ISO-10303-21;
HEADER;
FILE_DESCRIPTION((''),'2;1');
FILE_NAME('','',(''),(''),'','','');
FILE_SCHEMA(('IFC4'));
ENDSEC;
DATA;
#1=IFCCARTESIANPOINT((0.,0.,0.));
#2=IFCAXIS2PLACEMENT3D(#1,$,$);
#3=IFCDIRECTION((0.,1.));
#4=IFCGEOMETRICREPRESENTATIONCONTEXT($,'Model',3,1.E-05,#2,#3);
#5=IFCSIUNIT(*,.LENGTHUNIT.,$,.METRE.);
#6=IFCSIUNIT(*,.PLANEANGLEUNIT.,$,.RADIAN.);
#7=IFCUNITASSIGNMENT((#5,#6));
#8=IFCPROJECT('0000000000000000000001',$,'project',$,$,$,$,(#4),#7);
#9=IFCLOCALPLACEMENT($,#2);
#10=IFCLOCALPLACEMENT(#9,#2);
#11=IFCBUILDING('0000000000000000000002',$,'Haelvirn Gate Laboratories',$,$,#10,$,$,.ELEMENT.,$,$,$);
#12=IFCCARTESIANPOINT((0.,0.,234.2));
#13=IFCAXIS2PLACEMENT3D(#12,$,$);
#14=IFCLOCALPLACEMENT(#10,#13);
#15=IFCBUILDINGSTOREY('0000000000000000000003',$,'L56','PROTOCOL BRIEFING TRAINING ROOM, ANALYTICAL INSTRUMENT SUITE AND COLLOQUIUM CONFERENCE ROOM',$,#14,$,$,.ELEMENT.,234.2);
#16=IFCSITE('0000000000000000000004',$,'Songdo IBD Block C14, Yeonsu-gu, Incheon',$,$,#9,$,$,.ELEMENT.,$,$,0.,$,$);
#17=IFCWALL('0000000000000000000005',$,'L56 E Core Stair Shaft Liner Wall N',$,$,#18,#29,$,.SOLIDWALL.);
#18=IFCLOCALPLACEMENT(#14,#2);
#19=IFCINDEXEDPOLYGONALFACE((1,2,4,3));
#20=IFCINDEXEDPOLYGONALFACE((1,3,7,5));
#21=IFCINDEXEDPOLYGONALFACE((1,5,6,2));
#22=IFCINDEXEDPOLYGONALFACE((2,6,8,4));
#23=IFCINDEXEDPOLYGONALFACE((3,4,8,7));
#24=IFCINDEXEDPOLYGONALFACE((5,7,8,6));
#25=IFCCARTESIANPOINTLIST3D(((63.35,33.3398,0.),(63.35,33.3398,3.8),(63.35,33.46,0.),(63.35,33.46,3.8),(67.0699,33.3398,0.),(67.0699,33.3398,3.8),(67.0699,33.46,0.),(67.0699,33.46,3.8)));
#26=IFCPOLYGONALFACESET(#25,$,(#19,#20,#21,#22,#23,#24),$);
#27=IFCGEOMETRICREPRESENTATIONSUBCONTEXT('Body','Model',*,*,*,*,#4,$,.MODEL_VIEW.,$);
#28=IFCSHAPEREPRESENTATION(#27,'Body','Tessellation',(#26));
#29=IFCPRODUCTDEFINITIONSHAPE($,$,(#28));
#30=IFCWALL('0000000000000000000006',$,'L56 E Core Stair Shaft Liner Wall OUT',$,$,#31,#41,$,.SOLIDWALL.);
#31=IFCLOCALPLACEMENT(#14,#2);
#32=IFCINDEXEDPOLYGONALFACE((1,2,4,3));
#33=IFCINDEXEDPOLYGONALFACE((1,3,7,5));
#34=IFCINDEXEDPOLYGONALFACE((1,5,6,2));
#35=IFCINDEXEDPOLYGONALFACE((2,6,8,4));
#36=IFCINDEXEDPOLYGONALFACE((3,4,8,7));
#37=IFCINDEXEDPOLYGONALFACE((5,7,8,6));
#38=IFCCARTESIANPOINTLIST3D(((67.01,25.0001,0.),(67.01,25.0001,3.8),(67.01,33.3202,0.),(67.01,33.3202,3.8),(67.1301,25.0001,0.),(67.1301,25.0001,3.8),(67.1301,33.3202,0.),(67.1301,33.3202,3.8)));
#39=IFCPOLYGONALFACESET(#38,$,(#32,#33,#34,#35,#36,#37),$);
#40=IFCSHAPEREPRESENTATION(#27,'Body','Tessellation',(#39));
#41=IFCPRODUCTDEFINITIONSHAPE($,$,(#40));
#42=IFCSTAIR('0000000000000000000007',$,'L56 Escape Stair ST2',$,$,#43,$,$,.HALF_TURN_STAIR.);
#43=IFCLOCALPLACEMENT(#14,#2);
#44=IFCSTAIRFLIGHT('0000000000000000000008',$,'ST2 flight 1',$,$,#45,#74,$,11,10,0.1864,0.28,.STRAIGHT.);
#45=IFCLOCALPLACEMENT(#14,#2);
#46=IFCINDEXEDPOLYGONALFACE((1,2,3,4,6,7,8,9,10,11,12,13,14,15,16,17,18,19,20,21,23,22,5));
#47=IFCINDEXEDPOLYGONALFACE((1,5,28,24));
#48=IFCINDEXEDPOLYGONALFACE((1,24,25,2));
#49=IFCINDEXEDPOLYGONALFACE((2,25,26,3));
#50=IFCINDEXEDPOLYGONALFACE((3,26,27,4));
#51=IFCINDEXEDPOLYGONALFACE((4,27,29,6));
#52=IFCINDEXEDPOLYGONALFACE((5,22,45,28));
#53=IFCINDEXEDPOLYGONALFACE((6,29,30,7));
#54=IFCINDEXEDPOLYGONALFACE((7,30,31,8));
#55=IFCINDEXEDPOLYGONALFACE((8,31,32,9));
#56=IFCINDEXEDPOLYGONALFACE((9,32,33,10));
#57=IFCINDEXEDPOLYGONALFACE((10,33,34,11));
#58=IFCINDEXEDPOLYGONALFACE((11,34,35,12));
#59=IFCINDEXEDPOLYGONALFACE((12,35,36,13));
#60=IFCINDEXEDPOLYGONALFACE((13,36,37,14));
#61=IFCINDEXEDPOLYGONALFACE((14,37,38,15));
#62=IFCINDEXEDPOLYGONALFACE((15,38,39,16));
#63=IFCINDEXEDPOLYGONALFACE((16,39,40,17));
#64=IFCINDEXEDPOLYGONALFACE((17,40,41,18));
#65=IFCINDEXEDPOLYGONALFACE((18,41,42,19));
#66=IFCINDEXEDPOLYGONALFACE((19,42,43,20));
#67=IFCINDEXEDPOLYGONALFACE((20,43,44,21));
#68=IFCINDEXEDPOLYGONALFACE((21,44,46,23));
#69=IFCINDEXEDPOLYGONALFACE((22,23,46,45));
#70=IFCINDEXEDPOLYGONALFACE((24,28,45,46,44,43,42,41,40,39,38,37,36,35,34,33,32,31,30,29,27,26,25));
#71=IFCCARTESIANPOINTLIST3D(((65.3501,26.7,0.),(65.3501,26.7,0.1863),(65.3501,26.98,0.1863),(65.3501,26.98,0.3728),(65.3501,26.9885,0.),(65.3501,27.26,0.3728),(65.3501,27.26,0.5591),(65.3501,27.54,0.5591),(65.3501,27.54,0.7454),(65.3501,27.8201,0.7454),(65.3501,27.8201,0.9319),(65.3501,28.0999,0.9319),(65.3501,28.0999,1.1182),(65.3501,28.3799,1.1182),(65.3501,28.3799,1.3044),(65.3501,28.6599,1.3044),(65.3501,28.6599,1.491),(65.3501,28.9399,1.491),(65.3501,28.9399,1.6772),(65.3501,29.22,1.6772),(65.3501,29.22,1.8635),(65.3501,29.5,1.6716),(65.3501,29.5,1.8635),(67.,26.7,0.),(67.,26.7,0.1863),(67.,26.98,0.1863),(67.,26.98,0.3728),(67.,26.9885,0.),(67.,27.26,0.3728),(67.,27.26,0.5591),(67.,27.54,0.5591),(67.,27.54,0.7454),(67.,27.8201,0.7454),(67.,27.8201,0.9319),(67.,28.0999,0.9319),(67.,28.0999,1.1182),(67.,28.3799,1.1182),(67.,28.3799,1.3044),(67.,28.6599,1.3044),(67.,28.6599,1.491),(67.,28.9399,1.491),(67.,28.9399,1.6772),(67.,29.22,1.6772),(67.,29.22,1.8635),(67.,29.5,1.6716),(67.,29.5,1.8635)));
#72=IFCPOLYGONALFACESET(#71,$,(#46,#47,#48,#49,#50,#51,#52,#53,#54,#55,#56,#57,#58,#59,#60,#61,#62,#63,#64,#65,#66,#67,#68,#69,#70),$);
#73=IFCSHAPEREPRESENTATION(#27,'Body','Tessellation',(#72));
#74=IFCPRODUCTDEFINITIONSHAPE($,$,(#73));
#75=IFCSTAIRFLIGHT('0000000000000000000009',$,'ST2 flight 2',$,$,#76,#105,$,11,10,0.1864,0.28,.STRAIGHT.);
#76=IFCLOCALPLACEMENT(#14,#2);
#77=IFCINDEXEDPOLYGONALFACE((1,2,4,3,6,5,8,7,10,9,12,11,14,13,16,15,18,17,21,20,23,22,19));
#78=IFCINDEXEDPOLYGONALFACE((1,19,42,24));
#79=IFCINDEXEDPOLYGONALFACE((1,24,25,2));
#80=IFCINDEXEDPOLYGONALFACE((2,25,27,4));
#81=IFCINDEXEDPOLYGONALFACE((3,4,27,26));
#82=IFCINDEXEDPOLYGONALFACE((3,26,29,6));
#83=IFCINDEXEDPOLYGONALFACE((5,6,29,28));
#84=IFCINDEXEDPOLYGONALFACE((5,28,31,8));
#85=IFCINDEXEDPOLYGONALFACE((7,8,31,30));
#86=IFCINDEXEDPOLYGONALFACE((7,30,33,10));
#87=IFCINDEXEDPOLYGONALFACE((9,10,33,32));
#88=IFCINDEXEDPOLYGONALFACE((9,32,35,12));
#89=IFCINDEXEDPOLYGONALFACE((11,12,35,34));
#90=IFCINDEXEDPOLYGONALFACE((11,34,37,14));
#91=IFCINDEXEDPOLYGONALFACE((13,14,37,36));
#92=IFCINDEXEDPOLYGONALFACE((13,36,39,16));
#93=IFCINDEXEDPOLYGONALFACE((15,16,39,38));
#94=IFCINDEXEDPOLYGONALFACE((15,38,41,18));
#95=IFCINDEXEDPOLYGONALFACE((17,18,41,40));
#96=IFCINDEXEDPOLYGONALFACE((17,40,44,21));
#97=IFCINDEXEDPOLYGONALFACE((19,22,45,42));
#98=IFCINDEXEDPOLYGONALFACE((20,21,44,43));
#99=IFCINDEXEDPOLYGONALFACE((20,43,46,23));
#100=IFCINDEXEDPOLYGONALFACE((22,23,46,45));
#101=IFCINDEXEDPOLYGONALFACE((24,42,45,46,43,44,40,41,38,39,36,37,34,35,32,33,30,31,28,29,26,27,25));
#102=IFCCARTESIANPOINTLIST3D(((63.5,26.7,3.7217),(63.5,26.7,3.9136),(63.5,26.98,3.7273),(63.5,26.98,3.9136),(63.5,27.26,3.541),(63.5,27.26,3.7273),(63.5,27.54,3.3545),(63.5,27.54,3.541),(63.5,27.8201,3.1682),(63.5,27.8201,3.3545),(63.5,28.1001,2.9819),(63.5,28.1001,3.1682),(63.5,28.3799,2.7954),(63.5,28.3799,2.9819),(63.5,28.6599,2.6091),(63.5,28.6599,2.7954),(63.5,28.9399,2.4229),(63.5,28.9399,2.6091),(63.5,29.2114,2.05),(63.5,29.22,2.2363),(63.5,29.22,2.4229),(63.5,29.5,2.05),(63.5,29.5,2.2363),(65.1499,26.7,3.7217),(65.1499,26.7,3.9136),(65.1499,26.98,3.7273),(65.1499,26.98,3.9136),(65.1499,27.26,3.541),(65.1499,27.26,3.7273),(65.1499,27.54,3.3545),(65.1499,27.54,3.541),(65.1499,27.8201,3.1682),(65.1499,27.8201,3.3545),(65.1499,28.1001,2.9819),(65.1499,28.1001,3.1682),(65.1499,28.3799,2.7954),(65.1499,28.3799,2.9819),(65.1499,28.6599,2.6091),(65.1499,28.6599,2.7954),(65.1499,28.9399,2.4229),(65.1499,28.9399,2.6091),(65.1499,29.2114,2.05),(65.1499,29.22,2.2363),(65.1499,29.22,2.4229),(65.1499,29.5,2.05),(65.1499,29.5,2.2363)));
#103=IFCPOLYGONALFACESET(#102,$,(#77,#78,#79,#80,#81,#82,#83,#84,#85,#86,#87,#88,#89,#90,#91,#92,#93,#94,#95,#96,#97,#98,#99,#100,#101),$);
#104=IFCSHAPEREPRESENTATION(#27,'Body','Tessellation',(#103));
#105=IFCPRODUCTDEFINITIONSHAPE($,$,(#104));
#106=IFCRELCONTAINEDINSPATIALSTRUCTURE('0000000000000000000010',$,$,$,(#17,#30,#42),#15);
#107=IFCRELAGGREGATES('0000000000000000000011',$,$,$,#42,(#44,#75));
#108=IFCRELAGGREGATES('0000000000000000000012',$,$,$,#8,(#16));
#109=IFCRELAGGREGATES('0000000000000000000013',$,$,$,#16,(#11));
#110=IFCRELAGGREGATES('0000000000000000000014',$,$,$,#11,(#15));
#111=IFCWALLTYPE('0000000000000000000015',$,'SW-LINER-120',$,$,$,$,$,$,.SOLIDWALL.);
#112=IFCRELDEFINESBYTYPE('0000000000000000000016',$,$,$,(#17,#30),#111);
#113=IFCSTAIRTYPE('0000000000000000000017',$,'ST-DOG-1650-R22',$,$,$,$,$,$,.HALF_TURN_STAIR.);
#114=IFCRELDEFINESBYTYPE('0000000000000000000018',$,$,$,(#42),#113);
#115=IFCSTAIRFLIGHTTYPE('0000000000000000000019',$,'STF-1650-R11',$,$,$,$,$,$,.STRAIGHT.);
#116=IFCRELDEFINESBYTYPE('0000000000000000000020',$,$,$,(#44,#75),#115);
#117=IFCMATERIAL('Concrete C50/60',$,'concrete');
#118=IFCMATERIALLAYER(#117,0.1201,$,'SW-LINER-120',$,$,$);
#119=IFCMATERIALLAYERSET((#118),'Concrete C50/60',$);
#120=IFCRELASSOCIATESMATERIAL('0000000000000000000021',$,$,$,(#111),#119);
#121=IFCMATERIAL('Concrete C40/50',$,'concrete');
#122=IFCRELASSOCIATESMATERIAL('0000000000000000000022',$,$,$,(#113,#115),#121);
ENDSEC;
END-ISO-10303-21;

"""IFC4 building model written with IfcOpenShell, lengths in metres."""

from ifc_helpers import new_model, si_unit, direction, frame, frame_2d, origin, place, context, subcontext, project, spatial, polyline, rectangle, outline, extrude, source, transform, mapped, material, layer, layer_set, type_object, type_shapes, element, aggregate, save


model = new_model("IFC4")

# Units and contexts
model_context = context("Model", 3, precision=1e-05, world=origin(), true_north=direction((0.0, 1.0)))
body_context = subcontext(model_context, "Body", "Model", "MODEL_VIEW")
ifc_project = project(units=[si_unit("LENGTHUNIT", "METRE"), si_unit("PLANEANGLEUNIT", "RADIAN")], contexts=[model_context])

# Site, building, storey
site_placement = place(None, origin())
site = spatial("IfcSite", under=ifc_project, at=site_placement, Name="Songdo IBD Block C14, Yeonsu-gu, Incheon", CompositionType="ELEMENT", RefElevation=0.0)
building_placement = place(site_placement, origin())
building = spatial("IfcBuilding", under=site, at=building_placement, Name="Haelvirn Gate Laboratories", CompositionType="ELEMENT")
storey_placement = place(building_placement, frame((0.0, 0.0, 234.2)))
storey = spatial("IfcBuildingStorey", under=building, at=storey_placement, Name="L56", Description="PROTOCOL BRIEFING TRAINING ROOM, ANALYTICAL INSTRUMENT SUITE AND COLLOQUIUM CONFERENCE ROOM", CompositionType="ELEMENT", Elevation=234.2)

# Shared definitions
ifc_material_1 = material(Name="Concrete C40/50", Category="concrete")

# Walls
ifc_material_2 = material(Name="Concrete C50/60", Category="concrete")
ifc_layer_1 = layer(ifc_material_2, 0.1201, Name="SW-LINER-120")
ifc_layer_set_1 = layer_set([ifc_layer_1], Name="Concrete C50/60")
wall_type_1 = type_object("IfcWallType", Name="SW-LINER-120", PredefinedType="SOLIDWALL", material=ifc_layer_set_1)
wall_1_placement = place(storey_placement, frame((63.3501, 33.3999, 0.0), z_axis=(0.0, 0.0, 1.0), x_axis=(1.0, 0.0, 0.0)))
element("IfcWall", 1, at=wall_1_placement, inside=storey, type_object=wall_type_1, Name="L56 E Core Stair Shaft Liner Wall N", PredefinedType="SOLIDWALL", context=body_context, shape_type="SweptSolid", body=[
    extrude(rectangle(XDim=3.72, YDim=0.1201, at=frame_2d((1.8599, 0.0))), origin(), (0.0, 0.0, 1.0), 3.8),
])
wall_2_placement = place(storey_placement, frame((67.0701, 25.0, 0.0), z_axis=(0.0, 0.0, 1.0), x_axis=(0.0, 1.0, 0.0)))
element("IfcWall", 2, at=wall_2_placement, inside=storey, type_object=wall_type_1, Name="L56 E Core Stair Shaft Liner Wall OUT", PredefinedType="SOLIDWALL", context=body_context, shape_type="SweptSolid", body=[
    extrude(rectangle(XDim=8.3201, YDim=0.1201, at=frame_2d((4.1602, 0.0))), origin(), (0.0, 0.0, 1.0), 3.8),
])

# Stair, stair flights
stair_type = type_object("IfcStairType", Name="ST-DOG-1650-R22", PredefinedType="HALF_TURN_STAIR", material=ifc_material_1)
stair_placement = place(storey_placement, origin())
stair = element("IfcStair", 3, at=stair_placement, inside=storey, type_object=stair_type, Name="L56 Escape Stair ST2", PredefinedType="HALF_TURN_STAIR")
stair_flight_type = type_object("IfcStairFlightType", Name="STF-1650-R11", PredefinedType="STRAIGHT", material=ifc_material_1)
shared_shape_1 = source(origin(), body_context, "Body", "SweptSolid", [
    extrude(outline(polyline([(0.0, 0.0), (0.0, 0.1863), (0.28, 0.1863), (0.28, 0.3728), (0.5601, 0.3728), (0.5601, 0.5591), (0.8401, 0.5591), (0.8401, 0.7454), (1.1201, 0.7454), (1.1201, 0.9319), (1.3999, 0.9319), (1.3999, 1.1182), (1.6799, 1.1182), (1.6799, 1.3044), (1.96, 1.3044), (1.96, 1.491), (2.24, 1.491), (2.24, 1.6772), (2.52, 1.6772), (2.52, 1.8635), (2.8, 1.8635), (2.8, 2.05), (2.8, 1.6716), (0.2886, 0.0), (0.0, 0.0)])), frame((0.0, 0.825, 0.0), z_axis=(0.0, -1.0, 0.0), x_axis=(1.0, 0.0, 0.0)), (0.0, 0.0, 1.0), 1.6499),
])
type_shapes(stair_flight_type, [shared_shape_1])
stair_flight_1_placement = place(storey_placement, frame((66.175, 26.7, 0.0), z_axis=(0.0, 0.0, 1.0), x_axis=(0.0, 1.0, 0.0)))
stair_flight_1 = element("IfcStairFlight", 4, at=stair_flight_1_placement, type_object=stair_flight_type, Name="ST2 flight 1", NumberOfRisers=11, NumberOfTreads=10, PredefinedType="STRAIGHT", RiserHeight=0.1864, TreadLength=0.28, context=body_context, shape_type="MappedRepresentation", body=[
    mapped(shared_shape_1, transform((0.0, 0.0, 0.0), scale=1.0)),
])
stair_flight_2_placement = place(storey_placement, frame((64.325, 29.5, 2.05), z_axis=(0.0, 0.0, 1.0), x_axis=(0.0, -1.0, 0.0)))
stair_flight_2 = element("IfcStairFlight", 5, at=stair_flight_2_placement, type_object=stair_flight_type, Name="ST2 flight 2", NumberOfRisers=11, NumberOfTreads=10, PredefinedType="STRAIGHT", RiserHeight=0.1864, TreadLength=0.28, context=body_context, shape_type="MappedRepresentation", body=[
    mapped(shared_shape_1, transform((0.0, 0.0, 0.0), scale=1.0)),
])
aggregate(stair, [stair_flight_1, stair_flight_2])

save(model, "model.ifc")
